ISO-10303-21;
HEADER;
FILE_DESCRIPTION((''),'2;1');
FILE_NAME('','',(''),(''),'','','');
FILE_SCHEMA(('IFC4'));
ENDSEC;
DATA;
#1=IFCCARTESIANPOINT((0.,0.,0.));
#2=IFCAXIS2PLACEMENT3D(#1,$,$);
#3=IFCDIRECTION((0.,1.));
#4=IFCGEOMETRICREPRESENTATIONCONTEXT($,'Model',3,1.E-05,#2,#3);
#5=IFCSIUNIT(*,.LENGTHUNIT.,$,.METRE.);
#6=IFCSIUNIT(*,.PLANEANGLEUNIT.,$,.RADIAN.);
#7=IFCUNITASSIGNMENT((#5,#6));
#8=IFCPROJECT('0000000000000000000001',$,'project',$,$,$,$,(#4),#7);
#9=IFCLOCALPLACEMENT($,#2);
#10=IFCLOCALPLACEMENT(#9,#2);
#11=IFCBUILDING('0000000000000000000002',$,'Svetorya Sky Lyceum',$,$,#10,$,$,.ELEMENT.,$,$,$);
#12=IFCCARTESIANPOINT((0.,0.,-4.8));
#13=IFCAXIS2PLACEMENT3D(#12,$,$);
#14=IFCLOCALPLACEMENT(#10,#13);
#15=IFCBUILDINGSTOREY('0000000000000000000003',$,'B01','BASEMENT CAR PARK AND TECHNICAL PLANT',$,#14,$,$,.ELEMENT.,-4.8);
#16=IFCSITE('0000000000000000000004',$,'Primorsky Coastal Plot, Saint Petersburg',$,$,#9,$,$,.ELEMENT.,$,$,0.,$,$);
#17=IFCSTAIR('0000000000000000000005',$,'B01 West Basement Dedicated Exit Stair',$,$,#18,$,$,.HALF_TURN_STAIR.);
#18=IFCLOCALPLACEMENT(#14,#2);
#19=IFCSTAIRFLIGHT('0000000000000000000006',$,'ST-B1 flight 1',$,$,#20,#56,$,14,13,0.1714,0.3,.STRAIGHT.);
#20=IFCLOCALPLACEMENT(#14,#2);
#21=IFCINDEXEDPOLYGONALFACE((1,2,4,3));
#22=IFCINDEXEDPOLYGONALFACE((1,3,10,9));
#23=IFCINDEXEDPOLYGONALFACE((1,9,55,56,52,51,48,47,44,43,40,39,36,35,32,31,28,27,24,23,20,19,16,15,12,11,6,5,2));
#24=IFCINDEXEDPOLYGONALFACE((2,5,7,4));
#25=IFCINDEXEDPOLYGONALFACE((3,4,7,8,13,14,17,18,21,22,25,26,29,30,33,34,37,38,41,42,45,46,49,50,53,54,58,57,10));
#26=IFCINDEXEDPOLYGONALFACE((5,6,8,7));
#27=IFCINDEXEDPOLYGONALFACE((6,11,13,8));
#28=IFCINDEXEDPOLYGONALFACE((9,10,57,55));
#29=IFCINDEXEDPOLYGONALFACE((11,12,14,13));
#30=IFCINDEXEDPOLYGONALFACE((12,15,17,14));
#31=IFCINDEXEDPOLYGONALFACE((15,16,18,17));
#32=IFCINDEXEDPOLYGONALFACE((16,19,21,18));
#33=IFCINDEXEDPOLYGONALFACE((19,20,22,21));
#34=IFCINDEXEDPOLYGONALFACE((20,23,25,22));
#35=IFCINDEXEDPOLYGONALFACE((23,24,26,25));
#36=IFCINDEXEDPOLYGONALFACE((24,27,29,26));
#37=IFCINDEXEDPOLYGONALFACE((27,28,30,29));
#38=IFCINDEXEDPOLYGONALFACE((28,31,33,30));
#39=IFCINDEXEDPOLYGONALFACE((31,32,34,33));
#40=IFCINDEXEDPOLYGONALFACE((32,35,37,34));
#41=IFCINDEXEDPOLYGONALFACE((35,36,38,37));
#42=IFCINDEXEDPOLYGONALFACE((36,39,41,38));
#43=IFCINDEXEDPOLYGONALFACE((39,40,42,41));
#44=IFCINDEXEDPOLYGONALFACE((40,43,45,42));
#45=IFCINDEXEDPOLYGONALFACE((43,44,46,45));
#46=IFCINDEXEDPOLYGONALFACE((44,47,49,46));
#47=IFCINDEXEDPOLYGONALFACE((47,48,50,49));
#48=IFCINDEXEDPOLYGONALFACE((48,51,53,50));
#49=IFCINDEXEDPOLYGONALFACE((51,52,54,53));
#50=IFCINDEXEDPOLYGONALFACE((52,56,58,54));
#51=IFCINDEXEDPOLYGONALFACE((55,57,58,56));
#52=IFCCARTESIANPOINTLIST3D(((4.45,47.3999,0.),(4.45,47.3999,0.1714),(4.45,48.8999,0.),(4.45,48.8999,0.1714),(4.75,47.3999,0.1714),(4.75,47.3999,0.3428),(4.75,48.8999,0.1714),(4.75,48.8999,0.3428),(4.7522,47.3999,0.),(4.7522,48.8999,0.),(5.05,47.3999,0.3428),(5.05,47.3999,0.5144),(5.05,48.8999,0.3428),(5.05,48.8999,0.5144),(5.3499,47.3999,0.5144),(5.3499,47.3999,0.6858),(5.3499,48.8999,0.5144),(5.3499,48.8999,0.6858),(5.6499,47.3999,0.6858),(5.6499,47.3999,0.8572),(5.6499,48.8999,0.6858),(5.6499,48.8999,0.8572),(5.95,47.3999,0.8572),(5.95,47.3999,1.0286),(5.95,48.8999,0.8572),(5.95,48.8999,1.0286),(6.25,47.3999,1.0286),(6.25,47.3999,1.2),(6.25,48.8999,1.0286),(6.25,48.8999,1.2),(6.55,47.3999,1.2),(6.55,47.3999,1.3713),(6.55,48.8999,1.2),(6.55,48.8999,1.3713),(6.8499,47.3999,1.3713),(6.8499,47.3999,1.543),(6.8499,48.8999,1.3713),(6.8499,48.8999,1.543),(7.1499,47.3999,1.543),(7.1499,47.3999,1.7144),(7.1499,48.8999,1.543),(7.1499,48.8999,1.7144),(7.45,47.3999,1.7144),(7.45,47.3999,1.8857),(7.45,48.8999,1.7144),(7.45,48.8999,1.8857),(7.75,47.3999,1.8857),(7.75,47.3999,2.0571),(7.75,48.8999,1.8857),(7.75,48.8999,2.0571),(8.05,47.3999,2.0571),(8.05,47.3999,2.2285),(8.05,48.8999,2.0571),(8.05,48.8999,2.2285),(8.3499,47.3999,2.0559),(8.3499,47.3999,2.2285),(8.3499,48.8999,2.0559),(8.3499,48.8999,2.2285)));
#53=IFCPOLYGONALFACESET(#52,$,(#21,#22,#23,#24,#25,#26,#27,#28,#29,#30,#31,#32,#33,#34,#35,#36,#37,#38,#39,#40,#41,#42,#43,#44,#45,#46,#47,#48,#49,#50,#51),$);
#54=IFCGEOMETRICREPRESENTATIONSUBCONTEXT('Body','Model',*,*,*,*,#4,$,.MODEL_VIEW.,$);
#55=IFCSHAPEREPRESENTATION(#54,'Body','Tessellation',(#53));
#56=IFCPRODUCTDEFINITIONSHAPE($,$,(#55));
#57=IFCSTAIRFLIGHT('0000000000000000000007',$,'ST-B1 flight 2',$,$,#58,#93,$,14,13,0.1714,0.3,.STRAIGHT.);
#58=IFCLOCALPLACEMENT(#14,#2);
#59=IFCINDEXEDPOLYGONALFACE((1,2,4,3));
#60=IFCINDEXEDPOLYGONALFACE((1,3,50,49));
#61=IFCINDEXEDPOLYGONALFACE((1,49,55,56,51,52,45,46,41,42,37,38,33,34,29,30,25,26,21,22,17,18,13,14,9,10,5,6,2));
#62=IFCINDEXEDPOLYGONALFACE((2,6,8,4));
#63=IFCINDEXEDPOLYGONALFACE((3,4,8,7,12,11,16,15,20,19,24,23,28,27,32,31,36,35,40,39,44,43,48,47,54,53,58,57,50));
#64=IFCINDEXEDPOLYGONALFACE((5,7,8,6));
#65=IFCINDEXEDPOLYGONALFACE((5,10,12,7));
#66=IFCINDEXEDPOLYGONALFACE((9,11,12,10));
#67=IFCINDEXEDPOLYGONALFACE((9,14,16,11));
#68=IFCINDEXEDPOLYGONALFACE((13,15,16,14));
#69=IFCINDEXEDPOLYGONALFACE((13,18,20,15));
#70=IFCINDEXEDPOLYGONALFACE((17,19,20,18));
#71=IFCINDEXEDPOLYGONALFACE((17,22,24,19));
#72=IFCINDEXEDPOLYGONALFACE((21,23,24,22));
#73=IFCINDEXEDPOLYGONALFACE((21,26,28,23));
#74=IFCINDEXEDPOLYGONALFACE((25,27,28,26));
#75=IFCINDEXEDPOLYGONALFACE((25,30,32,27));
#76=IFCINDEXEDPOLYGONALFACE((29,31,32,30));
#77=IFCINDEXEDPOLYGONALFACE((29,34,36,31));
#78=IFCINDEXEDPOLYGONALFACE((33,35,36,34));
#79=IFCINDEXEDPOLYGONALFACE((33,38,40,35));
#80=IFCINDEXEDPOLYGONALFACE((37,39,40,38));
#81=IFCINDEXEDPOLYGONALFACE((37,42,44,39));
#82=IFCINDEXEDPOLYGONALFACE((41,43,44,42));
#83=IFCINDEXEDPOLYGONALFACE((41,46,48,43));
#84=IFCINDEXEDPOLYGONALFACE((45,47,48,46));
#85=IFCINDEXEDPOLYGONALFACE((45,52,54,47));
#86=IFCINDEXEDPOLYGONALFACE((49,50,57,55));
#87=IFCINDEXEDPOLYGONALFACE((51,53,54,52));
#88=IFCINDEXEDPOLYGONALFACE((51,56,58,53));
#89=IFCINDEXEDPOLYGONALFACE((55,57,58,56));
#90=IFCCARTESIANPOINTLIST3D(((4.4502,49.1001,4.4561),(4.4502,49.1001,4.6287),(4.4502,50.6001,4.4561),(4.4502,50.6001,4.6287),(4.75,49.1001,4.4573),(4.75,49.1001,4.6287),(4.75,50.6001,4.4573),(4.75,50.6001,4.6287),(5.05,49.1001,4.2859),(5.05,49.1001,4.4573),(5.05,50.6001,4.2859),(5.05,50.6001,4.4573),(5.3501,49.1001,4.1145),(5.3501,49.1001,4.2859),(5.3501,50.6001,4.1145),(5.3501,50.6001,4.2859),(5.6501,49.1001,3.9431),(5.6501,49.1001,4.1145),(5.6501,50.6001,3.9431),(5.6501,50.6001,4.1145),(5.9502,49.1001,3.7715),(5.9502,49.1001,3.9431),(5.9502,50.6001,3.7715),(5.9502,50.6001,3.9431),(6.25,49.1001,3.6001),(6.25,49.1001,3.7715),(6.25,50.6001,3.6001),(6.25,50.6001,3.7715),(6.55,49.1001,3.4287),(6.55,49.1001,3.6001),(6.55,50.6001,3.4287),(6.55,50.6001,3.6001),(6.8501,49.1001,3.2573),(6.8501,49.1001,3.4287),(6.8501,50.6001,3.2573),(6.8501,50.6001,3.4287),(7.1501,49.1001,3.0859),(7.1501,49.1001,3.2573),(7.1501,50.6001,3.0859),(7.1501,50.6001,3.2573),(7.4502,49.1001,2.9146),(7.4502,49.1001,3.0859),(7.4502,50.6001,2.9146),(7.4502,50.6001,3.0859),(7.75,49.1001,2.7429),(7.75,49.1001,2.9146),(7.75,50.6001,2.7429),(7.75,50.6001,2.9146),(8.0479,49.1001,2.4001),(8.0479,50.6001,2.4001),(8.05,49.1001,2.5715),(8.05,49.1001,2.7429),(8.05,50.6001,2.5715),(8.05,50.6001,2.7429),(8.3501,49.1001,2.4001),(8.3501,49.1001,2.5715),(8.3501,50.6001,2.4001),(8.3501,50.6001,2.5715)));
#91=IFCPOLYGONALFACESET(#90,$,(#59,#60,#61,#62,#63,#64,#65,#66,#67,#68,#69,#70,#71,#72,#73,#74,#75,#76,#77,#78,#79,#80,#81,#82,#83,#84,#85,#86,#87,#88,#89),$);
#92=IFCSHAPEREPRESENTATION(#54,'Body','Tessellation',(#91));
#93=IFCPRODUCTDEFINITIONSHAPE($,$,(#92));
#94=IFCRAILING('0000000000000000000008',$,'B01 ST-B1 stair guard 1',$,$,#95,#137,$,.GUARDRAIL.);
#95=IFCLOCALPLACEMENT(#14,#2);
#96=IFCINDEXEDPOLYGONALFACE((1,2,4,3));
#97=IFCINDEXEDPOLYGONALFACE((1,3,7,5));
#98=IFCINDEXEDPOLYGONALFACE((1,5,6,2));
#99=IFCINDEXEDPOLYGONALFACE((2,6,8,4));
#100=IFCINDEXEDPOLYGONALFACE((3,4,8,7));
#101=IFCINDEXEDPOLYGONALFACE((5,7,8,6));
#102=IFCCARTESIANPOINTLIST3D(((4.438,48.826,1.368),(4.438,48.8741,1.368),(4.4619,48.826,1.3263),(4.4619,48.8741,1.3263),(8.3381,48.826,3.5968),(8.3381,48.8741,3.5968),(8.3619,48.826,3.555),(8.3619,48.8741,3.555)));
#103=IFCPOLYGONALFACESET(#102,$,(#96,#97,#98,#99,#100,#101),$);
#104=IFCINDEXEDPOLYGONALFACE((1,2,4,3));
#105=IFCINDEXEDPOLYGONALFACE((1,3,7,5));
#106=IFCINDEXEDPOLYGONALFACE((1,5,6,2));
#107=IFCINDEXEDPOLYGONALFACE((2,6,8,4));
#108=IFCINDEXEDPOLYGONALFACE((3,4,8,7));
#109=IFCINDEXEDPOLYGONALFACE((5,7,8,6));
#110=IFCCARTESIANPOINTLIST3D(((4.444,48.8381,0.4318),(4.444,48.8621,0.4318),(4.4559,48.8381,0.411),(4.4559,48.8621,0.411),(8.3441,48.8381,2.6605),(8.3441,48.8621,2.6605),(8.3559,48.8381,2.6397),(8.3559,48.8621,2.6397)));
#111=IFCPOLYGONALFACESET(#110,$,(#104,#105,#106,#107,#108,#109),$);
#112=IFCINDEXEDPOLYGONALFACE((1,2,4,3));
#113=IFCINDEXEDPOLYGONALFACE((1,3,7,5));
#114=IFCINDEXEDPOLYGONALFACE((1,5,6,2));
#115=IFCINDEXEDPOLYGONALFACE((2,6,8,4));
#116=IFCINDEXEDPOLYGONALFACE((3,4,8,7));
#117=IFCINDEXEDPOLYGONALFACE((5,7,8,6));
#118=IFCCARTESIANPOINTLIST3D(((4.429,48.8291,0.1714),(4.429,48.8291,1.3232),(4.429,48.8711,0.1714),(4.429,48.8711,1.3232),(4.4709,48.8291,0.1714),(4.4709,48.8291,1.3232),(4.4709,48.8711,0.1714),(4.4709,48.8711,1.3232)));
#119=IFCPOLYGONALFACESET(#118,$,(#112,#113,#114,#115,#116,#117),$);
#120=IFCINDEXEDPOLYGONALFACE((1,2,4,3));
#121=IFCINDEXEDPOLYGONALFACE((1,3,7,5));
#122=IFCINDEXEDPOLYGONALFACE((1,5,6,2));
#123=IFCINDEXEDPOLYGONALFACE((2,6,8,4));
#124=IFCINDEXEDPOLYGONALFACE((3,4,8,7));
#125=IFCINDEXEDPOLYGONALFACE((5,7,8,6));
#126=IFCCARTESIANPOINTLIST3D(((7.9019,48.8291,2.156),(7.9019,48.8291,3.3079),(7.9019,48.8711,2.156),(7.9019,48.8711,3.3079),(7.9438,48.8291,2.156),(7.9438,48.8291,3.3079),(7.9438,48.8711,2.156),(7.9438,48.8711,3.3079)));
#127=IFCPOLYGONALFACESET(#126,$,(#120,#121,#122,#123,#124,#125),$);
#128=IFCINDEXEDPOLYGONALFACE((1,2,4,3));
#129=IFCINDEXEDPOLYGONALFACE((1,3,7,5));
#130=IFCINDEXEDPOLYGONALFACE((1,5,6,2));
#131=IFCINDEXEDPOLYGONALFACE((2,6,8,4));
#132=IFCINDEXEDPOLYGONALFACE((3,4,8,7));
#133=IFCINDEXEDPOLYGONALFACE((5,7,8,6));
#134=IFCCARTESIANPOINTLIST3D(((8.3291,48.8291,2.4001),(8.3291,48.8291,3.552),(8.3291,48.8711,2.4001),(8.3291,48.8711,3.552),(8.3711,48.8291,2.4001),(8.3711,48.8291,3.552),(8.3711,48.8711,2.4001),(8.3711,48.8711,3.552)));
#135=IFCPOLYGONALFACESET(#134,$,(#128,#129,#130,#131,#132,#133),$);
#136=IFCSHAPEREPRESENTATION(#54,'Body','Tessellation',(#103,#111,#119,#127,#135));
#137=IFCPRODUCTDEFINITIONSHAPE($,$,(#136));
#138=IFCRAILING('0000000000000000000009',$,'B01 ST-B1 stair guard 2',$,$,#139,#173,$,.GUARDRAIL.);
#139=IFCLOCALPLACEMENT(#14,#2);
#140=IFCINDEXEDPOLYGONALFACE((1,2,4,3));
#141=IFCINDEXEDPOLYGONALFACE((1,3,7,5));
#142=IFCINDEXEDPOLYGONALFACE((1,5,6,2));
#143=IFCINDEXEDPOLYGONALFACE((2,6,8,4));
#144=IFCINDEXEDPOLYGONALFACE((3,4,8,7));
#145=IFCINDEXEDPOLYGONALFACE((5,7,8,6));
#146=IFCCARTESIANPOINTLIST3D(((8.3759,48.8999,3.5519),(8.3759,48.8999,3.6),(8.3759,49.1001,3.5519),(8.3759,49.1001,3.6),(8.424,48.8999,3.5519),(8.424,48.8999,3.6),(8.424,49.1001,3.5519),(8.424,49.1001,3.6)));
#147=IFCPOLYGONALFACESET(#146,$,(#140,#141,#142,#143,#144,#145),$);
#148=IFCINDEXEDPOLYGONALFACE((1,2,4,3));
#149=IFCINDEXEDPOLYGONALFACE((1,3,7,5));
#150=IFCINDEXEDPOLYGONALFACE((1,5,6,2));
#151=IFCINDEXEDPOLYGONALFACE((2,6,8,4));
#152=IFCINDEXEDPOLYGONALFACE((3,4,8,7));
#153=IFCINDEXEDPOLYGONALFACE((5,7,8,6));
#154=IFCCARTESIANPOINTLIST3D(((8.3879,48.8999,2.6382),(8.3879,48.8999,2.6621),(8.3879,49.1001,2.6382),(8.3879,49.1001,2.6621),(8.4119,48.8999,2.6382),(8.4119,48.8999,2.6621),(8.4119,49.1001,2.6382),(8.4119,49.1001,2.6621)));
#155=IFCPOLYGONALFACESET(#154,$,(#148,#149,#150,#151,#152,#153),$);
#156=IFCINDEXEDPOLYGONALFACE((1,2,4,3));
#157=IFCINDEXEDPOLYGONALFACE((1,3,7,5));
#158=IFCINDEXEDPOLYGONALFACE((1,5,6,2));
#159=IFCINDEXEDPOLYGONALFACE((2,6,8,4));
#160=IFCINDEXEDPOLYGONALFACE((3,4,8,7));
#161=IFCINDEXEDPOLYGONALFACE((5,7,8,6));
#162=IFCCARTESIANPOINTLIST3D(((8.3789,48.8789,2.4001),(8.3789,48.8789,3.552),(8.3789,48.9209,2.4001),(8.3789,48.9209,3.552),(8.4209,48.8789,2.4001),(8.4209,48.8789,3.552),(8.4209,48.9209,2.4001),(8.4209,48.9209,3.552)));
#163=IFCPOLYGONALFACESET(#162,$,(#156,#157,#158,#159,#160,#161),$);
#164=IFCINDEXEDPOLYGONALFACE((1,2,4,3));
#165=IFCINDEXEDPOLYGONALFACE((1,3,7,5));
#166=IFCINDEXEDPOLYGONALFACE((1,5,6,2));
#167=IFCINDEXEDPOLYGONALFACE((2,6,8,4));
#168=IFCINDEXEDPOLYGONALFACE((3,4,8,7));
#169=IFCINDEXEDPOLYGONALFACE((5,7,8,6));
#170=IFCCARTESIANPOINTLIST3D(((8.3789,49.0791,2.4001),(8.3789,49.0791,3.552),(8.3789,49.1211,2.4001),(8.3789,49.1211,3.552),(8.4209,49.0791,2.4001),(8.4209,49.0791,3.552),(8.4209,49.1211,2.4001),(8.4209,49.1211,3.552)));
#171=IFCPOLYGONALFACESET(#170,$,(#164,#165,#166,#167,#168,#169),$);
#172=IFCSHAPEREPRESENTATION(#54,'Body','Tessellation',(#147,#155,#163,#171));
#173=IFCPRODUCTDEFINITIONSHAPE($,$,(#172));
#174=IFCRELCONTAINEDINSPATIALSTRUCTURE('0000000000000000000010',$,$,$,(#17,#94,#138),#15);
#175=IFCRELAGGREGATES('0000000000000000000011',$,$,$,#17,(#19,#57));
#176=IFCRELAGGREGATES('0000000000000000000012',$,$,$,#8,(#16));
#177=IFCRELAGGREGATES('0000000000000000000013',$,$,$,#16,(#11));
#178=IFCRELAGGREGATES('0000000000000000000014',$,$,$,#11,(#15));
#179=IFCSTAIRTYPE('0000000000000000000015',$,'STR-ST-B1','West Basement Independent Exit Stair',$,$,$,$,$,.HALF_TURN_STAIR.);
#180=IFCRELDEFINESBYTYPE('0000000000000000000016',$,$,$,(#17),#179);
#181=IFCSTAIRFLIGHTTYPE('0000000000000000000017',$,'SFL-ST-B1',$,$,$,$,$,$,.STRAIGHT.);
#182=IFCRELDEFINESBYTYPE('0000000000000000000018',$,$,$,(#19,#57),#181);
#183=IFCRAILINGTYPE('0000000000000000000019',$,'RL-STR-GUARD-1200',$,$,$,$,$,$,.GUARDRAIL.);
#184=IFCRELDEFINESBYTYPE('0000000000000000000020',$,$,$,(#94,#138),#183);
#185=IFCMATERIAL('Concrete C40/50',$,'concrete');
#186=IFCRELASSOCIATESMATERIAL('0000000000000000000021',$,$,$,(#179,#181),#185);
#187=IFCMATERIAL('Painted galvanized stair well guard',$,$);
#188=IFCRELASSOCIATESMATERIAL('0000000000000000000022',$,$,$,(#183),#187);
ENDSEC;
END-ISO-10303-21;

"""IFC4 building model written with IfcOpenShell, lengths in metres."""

from ifc_helpers import new_model, si_unit, direction, frame, origin, origin_2d, place, context, subcontext, project, spatial, polyline, rectangle, outline, extrude, material, type_object, element, aggregate, save


model = new_model("IFC4")

# Units and contexts
model_context = context("Model", 3, precision=1e-05, world=origin(), true_north=direction((0.0, 1.0)))
body_context = subcontext(model_context, "Body", "Model", "MODEL_VIEW")
ifc_project = project(units=[si_unit("LENGTHUNIT", "METRE"), si_unit("PLANEANGLEUNIT", "RADIAN")], contexts=[model_context])

# Site, building, storey
site_placement = place(None, origin())
site = spatial("IfcSite", under=ifc_project, at=site_placement, Name="Primorsky Coastal Plot, Saint Petersburg", CompositionType="ELEMENT", RefElevation=0.0)
building_placement = place(site_placement, origin())
building = spatial("IfcBuilding", under=site, at=building_placement, Name="Svetorya Sky Lyceum", CompositionType="ELEMENT")
storey_placement = place(building_placement, frame((0.0, 0.0, -4.8)))
storey = spatial("IfcBuildingStorey", under=building, at=storey_placement, Name="B01", Description="BASEMENT CAR PARK AND TECHNICAL PLANT", CompositionType="ELEMENT", Elevation=-4.8)

# Shared definitions
ifc_material_1 = material(Name="Concrete C40/50", Category="concrete")

# Stair, stair flights
stair_type = type_object("IfcStairType", Name="STR-ST-B1", Description="West Basement Independent Exit Stair", PredefinedType="HALF_TURN_STAIR", material=ifc_material_1)
stair_placement = place(storey_placement, origin())
stair = element("IfcStair", 1, at=stair_placement, inside=storey, type_object=stair_type, Name="B01 West Basement Dedicated Exit Stair", PredefinedType="HALF_TURN_STAIR")
stair_flight_type = type_object("IfcStairFlightType", Name="SFL-ST-B1", PredefinedType="STRAIGHT", material=ifc_material_1)
stair_flight_1_placement = place(storey_placement, frame((4.45, 48.1499, 0.0), z_axis=(0.0, 0.0, 1.0), x_axis=(1.0, 0.0, 0.0)))
stair_flight_1 = element("IfcStairFlight", 2, at=stair_flight_1_placement, type_object=stair_flight_type, Name="ST-B1 flight 1", NumberOfRisers=14, NumberOfTreads=13, PredefinedType="STRAIGHT", RiserHeight=0.1714, TreadLength=0.3, context=body_context, shape_type="SweptSolid", body=[
    extrude(outline(polyline([(0.0, 0.0), (0.0, 0.1714), (0.3, 0.1714), (0.3, 0.3428), (0.6001, 0.3428), (0.6001, 0.5144), (0.8999, 0.5144), (0.8999, 0.6858), (1.2, 0.6858), (1.2, 0.8572), (1.5, 0.8572), (1.5, 1.0286), (1.8, 1.0286), (1.8, 1.2), (2.1001, 1.2), (2.1001, 1.3713), (2.3999, 1.3713), (2.3999, 1.543), (2.7, 1.543), (2.7, 1.7144), (3.0, 1.7144), (3.0, 1.8857), (3.3, 1.8857), (3.3, 2.0571), (3.6001, 2.0571), (3.6001, 2.2285), (3.8999, 2.2285), (3.8999, 2.3999), (3.8999, 2.0559), (0.3022, 0.0), (0.0, 0.0)])), frame((0.0, 0.75, 0.0), z_axis=(0.0, -1.0, 0.0), x_axis=(1.0, 0.0, 0.0)), (0.0, 0.0, 1.0), 1.5),
])
stair_flight_2_placement = place(storey_placement, frame((8.3501, 49.8501, 2.4001), z_axis=(0.0, 0.0, 1.0), x_axis=(-1.0, 0.0, 0.0)))
stair_flight_2 = element("IfcStairFlight", 3, at=stair_flight_2_placement, type_object=stair_flight_type, Name="ST-B1 flight 2", NumberOfRisers=14, NumberOfTreads=13, PredefinedType="STRAIGHT", RiserHeight=0.1714, TreadLength=0.3, context=body_context, shape_type="SweptSolid", body=[
    extrude(outline(polyline([(0.0, 0.0), (0.0, 0.1714), (0.3, 0.1714), (0.3, 0.3428), (0.6001, 0.3428), (0.6001, 0.5144), (0.8999, 0.5144), (0.8999, 0.6858), (1.2, 0.6858), (1.2, 0.8572), (1.5, 0.8572), (1.5, 1.0286), (1.8, 1.0286), (1.8, 1.2), (2.1001, 1.2), (2.1001, 1.3713), (2.3999, 1.3713), (2.3999, 1.543), (2.7, 1.543), (2.7, 1.7144), (3.0, 1.7144), (3.0, 1.8857), (3.3, 1.8857), (3.3, 2.0571), (3.6001, 2.0571), (3.6001, 2.2285), (3.8999, 2.2285), (3.8999, 2.3999), (3.8999, 2.0559), (0.3022, 0.0), (0.0, 0.0)])), frame((0.0, 0.75, 0.0), z_axis=(0.0, -1.0, 0.0), x_axis=(1.0, 0.0, 0.0)), (0.0, 0.0, 1.0), 1.5),
])
aggregate(stair, [stair_flight_1, stair_flight_2])

# Railings
ifc_material_2 = material(Name="Painted galvanized stair well guard")
railing_type_1 = type_object("IfcRailingType", Name="RL-STR-GUARD-1200", PredefinedType="GUARDRAIL", material=ifc_material_2)
railing_1_placement = place(storey_placement, frame((4.45, 48.8501, 0.1714)))
element("IfcRailing", 4, at=railing_1_placement, inside=storey, type_object=railing_type_1, Name="B01 ST-B1 stair guard 1", PredefinedType="GUARDRAIL", context=body_context, shape_type="SweptSolid", body=[
    extrude(rectangle(XDim=0.0481, YDim=0.0481, at=origin_2d()), frame((0.0, 0.0, 1.1758), z_axis=(0.868233, 0.0, 0.496156), x_axis=(0.0, 1.0, 0.0)), (0.0, 0.0, 1.0), 4.4919),
    extrude(rectangle(XDim=0.0239, YDim=0.0239, at=origin_2d()), frame((0.0, 0.0, 0.25), z_axis=(0.868233, 0.0, 0.496156), x_axis=(0.0, 1.0, 0.0)), (0.0, 0.0, 1.0), 4.4919),
    extrude(rectangle(XDim=0.042, YDim=0.042, at=origin_2d()), origin(), (0.0, 0.0, 1.0), 1.1519),
    extrude(rectangle(XDim=0.042, YDim=0.042, at=origin_2d()), frame((3.4729, 0.0, 1.9846)), (0.0, 0.0, 1.0), 1.1519),
    extrude(rectangle(XDim=0.042, YDim=0.042, at=origin_2d()), frame((3.9001, 0.0, 2.2288)), (0.0, 0.0, 1.0), 1.1519),
])
railing_2_placement = place(storey_placement, frame((8.3999, 48.8999, 2.4001)))
element("IfcRailing", 5, at=railing_2_placement, inside=storey, type_object=railing_type_1, Name="B01 ST-B1 stair guard 2", PredefinedType="GUARDRAIL", context=body_context, shape_type="SweptSolid", body=[
    extrude(rectangle(XDim=0.0481, YDim=0.0481, at=origin_2d()), frame((0.0, 0.0, 1.1758), z_axis=(0.0, 1.0, 0.0), x_axis=(-1.0, 0.0, 0.0)), (0.0, 0.0, 1.0), 0.2002),
    extrude(rectangle(XDim=0.0239, YDim=0.0239, at=origin_2d()), frame((0.0, 0.0, 0.25), z_axis=(0.0, 1.0, 0.0), x_axis=(-1.0, 0.0, 0.0)), (0.0, 0.0, 1.0), 0.2002),
    extrude(rectangle(XDim=0.042, YDim=0.042, at=origin_2d()), origin(), (0.0, 0.0, 1.0), 1.1519),
    extrude(rectangle(XDim=0.042, YDim=0.042, at=origin_2d()), frame((0.0, 0.2002, 0.0)), (0.0, 0.0, 1.0), 1.1519),
])

save(model, "model.ifc")
